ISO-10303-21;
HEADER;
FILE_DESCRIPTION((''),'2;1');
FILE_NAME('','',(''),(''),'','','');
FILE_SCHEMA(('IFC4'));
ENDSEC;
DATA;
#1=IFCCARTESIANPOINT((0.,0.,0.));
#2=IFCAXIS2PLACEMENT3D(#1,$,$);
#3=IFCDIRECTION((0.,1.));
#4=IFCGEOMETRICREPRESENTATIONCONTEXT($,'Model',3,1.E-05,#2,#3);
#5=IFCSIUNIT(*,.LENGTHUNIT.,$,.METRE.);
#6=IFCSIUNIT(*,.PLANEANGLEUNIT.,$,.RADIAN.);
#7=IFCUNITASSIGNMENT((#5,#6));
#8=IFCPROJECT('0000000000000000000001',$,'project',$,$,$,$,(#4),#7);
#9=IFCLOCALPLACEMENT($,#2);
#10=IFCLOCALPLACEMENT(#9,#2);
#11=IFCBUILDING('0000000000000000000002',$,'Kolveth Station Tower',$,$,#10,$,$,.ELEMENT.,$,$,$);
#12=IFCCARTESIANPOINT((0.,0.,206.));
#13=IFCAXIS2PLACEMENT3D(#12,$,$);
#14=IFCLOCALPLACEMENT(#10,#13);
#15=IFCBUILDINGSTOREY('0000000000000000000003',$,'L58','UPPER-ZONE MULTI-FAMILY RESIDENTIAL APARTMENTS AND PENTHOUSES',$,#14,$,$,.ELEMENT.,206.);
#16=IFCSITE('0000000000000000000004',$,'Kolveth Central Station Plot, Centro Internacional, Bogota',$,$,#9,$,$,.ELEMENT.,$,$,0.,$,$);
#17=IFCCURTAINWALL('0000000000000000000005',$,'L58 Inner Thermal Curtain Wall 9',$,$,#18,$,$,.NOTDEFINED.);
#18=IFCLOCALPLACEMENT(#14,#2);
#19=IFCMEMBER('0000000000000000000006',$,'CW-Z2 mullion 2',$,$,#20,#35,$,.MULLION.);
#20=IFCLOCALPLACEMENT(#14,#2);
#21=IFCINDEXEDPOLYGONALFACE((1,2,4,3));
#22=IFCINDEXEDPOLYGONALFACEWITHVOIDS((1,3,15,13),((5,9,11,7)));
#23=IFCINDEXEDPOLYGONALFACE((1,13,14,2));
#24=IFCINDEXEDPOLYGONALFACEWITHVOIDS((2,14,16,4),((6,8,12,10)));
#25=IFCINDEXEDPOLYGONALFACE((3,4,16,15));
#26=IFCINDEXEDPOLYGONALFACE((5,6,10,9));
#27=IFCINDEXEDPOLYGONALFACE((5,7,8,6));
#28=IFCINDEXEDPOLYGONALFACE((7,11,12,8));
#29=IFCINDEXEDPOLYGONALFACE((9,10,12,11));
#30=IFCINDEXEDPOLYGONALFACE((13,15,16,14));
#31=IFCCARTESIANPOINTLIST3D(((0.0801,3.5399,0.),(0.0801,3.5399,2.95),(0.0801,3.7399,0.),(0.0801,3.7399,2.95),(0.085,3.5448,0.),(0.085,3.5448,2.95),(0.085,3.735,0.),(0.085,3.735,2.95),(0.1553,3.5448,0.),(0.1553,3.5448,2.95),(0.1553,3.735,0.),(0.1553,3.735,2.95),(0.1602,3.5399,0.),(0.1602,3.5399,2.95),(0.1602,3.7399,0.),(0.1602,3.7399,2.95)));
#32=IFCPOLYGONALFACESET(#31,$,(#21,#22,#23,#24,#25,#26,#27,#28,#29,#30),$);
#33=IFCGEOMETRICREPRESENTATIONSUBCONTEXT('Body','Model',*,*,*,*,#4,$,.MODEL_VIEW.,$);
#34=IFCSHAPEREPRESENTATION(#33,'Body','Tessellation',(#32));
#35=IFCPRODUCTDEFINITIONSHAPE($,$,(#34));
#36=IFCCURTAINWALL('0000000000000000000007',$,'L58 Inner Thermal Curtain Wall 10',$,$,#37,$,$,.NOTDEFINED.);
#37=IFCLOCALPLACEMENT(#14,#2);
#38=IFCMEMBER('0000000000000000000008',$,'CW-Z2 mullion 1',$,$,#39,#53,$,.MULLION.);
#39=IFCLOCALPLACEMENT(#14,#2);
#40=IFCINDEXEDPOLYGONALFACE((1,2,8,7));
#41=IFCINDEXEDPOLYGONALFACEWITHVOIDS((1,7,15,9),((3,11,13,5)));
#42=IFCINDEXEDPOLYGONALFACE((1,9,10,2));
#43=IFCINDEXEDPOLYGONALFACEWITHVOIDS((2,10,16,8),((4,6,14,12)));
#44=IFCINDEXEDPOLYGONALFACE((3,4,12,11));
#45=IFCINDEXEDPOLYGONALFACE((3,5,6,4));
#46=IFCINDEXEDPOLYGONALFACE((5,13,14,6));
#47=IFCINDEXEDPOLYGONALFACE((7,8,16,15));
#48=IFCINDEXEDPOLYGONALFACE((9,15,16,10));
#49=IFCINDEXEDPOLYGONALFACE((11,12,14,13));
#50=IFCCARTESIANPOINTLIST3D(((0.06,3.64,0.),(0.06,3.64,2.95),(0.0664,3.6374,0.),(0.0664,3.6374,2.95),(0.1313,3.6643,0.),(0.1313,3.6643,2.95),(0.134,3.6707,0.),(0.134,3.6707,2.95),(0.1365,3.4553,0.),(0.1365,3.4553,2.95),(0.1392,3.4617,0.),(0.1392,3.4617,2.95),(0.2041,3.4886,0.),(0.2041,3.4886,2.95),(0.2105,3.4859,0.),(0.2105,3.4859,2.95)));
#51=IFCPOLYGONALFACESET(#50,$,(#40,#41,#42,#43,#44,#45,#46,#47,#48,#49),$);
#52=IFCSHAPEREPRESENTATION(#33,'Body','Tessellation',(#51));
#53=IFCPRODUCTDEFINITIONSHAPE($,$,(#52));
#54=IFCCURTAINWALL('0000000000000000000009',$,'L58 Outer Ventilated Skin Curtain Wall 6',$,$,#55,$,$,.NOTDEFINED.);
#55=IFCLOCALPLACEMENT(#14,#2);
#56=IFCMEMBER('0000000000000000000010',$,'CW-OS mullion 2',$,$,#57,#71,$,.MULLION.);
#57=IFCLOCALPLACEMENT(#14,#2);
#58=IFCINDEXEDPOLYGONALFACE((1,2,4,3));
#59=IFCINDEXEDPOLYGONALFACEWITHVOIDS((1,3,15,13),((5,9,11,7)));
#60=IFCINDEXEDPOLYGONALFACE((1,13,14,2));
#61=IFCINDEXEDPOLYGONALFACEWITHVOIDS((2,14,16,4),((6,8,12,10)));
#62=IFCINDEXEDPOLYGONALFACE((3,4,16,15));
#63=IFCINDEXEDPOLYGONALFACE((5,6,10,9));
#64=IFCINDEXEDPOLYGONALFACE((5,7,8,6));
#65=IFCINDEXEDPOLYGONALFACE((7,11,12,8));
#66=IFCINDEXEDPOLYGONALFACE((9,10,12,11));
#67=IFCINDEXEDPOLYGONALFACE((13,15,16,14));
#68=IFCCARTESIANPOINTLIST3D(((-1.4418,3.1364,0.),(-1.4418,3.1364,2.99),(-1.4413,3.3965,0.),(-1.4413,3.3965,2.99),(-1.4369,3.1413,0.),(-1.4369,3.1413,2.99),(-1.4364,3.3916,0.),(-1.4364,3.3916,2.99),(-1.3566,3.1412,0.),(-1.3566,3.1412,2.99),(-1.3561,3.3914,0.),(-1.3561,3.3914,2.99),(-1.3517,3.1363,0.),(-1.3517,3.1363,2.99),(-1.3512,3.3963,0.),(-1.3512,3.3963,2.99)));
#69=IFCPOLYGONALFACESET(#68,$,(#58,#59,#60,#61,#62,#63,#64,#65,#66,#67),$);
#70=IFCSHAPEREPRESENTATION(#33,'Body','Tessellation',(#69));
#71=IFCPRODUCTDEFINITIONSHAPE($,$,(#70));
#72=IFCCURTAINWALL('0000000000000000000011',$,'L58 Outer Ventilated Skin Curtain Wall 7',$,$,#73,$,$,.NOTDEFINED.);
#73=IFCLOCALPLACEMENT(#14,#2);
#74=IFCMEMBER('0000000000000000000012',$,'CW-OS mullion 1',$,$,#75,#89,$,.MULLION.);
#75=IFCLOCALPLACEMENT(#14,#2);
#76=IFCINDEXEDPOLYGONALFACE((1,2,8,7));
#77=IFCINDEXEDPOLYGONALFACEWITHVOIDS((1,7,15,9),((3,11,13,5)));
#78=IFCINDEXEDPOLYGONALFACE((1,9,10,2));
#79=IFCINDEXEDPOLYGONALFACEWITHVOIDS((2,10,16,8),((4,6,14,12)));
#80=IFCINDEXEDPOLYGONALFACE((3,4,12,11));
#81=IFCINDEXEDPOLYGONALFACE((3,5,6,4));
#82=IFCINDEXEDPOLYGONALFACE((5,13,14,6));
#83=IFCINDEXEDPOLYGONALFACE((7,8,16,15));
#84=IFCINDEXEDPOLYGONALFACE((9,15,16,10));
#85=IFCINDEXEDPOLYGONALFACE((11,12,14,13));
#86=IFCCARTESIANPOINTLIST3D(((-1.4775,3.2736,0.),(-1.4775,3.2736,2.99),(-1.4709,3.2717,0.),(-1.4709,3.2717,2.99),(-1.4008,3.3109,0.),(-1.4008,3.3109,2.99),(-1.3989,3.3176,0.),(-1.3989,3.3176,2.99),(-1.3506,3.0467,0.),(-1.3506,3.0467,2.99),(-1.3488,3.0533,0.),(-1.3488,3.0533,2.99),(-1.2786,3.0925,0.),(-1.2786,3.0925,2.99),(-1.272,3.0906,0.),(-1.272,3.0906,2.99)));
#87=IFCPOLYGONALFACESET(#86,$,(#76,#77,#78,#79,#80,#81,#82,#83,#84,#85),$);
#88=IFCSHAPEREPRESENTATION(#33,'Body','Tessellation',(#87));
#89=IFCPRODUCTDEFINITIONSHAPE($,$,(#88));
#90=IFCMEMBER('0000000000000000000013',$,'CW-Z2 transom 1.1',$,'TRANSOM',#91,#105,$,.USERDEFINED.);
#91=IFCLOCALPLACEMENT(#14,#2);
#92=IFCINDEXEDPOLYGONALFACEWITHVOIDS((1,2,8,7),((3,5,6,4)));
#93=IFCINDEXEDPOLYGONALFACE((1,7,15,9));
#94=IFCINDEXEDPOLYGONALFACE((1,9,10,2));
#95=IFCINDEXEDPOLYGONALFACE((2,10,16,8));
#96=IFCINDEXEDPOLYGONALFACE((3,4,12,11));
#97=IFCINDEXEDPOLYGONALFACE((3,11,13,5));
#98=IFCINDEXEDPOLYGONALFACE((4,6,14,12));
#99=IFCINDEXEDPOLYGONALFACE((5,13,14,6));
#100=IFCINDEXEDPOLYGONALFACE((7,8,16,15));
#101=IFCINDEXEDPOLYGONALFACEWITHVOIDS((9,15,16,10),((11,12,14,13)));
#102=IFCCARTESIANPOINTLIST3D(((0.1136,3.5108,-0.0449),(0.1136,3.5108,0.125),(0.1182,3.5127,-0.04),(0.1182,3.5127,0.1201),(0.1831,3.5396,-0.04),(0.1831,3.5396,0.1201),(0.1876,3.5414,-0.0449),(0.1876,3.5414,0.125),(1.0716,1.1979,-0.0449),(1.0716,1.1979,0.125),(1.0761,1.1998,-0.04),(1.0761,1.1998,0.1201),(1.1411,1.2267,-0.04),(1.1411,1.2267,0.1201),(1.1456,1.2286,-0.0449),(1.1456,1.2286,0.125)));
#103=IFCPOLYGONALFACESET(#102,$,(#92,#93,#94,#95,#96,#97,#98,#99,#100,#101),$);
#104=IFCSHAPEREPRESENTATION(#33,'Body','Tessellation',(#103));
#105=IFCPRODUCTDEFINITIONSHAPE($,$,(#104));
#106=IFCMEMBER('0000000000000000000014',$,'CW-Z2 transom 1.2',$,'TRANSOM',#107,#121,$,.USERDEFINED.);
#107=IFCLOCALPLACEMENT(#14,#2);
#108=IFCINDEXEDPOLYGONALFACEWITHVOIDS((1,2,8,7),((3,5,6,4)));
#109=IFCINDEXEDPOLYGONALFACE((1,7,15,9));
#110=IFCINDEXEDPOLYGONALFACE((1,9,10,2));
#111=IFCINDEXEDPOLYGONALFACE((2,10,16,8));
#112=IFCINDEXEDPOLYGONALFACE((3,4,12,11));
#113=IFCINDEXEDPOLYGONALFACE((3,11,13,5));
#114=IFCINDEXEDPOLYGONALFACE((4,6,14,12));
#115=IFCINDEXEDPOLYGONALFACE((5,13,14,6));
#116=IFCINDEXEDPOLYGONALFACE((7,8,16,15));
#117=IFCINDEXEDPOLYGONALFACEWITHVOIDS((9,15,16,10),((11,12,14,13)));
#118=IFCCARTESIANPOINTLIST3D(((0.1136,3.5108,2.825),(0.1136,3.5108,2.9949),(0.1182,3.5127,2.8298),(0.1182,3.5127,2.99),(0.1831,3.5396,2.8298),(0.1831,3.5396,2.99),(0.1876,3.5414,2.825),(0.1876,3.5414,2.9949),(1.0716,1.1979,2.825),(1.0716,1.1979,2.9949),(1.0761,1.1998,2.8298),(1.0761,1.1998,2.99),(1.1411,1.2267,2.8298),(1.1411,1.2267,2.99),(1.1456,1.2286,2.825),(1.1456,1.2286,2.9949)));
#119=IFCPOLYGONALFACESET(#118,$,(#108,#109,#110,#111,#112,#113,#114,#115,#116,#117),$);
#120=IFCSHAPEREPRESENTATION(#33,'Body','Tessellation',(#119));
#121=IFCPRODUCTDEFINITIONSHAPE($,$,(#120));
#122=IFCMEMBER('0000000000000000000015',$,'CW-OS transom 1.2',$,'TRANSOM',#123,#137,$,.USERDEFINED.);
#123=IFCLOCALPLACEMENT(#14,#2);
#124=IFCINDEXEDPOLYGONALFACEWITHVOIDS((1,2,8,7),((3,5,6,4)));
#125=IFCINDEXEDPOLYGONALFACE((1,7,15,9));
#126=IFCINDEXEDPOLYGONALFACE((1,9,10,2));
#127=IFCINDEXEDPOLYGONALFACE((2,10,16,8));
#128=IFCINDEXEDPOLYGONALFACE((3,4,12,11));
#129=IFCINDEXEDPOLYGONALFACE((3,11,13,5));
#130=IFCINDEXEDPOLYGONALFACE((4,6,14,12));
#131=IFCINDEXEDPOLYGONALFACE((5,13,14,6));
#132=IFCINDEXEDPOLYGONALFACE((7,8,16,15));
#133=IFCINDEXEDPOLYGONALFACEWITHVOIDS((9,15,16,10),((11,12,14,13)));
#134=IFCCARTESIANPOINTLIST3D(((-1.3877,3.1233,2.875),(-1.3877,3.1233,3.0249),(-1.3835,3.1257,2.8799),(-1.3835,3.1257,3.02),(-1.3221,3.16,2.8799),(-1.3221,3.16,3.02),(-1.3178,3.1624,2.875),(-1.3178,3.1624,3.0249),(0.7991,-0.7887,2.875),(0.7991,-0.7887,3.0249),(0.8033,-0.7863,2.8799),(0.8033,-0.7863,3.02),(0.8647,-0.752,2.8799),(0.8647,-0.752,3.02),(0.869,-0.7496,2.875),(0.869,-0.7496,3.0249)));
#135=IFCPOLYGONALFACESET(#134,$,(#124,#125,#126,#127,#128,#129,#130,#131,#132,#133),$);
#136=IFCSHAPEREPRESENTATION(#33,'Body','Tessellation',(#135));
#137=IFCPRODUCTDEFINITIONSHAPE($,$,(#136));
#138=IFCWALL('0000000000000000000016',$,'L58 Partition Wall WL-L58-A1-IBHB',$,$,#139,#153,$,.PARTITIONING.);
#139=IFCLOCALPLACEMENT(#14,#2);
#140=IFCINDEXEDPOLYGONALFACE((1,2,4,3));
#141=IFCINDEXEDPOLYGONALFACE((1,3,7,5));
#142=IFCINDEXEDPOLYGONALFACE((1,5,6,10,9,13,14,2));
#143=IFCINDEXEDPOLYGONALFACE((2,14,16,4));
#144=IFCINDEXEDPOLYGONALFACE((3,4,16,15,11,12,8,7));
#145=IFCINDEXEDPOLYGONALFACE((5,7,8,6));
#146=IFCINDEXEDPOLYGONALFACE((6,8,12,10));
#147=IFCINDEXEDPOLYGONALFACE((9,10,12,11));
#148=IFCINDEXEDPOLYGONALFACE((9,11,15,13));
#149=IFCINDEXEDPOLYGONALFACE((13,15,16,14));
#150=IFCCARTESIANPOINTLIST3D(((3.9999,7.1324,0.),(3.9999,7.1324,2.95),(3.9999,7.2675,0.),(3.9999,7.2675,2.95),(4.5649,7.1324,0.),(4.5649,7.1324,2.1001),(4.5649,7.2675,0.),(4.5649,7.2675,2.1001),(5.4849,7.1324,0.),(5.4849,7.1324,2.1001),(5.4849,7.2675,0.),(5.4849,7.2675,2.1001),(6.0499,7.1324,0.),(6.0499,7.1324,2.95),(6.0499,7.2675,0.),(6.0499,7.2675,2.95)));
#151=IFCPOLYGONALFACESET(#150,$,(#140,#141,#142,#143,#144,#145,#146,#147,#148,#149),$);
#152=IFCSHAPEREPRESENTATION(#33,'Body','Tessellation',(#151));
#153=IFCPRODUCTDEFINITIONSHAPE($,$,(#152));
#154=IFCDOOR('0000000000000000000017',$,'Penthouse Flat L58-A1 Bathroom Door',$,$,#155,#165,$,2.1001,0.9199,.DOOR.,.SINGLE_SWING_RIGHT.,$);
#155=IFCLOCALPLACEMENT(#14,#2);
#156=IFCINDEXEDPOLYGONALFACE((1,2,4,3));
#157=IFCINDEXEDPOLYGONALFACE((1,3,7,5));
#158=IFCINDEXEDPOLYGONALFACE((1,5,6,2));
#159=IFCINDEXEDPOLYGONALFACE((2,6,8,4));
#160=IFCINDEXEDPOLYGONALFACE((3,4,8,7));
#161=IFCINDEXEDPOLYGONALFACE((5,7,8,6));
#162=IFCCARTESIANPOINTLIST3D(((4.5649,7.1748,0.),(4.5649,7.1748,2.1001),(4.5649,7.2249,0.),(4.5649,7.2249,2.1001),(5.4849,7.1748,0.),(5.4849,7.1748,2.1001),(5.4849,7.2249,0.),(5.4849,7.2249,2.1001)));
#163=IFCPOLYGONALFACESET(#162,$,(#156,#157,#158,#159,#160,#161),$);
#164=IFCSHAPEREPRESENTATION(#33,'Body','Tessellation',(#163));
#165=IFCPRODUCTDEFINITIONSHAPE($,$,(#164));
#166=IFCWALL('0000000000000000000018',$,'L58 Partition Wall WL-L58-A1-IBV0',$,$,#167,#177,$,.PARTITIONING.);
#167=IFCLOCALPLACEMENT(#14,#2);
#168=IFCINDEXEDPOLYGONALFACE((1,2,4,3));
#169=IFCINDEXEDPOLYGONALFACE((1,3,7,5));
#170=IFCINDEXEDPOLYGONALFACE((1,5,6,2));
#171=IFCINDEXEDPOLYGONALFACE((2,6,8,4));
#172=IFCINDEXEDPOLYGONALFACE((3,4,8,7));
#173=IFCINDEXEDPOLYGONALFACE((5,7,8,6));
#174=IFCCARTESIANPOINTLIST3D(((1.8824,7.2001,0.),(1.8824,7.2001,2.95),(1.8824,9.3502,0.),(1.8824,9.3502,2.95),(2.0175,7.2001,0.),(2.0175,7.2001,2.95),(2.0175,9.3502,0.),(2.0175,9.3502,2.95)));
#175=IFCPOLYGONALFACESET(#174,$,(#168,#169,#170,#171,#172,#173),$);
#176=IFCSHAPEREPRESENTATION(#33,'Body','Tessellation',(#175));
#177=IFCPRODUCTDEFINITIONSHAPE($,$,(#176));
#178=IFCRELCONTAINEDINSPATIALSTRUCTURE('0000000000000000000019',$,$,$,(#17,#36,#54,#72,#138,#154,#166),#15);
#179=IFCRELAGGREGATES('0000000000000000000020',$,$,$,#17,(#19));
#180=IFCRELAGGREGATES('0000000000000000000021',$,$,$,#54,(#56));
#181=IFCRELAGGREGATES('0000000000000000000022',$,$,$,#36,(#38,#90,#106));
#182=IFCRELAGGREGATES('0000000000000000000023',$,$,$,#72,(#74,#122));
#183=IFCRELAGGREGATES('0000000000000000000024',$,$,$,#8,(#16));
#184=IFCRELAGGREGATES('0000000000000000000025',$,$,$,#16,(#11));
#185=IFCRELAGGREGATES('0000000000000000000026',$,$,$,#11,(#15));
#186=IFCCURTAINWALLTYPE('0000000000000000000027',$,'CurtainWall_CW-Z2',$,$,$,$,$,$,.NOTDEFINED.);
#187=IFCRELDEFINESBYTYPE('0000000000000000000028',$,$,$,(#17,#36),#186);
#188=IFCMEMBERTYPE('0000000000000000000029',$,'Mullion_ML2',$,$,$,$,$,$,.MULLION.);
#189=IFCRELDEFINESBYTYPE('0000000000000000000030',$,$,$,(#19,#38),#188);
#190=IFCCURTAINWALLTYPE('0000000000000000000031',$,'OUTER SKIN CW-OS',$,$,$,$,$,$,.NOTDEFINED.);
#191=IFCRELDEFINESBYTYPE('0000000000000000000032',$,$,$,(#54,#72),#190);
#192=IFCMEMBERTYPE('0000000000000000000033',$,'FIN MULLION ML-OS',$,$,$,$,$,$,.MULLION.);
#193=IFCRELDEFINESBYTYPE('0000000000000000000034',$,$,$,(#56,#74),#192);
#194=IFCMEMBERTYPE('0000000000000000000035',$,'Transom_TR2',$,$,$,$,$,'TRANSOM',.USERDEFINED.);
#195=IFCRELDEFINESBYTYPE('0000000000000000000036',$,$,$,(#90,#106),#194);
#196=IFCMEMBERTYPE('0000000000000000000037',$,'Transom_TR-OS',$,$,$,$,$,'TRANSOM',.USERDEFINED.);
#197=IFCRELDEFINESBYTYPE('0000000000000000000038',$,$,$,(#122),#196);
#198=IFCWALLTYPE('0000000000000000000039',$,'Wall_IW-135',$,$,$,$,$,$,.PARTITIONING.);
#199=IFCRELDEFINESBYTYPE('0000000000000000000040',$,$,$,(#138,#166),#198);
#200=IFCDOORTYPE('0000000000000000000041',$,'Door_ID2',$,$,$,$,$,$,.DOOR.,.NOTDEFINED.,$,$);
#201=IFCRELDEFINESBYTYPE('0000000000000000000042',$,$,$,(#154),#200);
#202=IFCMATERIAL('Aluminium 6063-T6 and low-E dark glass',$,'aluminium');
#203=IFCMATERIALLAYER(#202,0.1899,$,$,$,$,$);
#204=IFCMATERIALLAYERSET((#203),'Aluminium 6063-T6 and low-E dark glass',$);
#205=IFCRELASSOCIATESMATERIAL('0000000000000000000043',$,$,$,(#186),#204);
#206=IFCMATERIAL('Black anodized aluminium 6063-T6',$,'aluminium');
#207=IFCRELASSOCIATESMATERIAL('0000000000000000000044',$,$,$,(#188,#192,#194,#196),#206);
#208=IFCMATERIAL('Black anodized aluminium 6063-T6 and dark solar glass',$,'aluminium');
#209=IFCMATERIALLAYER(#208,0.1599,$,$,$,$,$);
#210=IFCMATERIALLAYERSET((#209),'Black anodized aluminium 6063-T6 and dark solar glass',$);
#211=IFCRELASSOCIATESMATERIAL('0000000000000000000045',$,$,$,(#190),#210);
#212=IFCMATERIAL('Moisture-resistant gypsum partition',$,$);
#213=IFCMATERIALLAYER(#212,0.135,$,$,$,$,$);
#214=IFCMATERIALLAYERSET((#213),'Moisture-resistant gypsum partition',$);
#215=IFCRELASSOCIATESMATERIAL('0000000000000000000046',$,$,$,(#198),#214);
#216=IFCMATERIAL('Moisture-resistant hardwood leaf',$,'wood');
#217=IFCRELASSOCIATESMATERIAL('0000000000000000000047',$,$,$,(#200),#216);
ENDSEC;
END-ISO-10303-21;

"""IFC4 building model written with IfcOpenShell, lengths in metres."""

from ifc_helpers import new_model, si_unit, direction, frame, frame_2d, origin, origin_2d, place, context, subcontext, project, spatial, rectangle, hollow_rectangle, extrude, source, transform, mapped, material, layer, layer_set, material_profile, profile_set, type_object, element, fill, aggregate, save


model = new_model("IFC4")

# Units and contexts
model_context = context("Model", 3, precision=1e-05, world=origin(), true_north=direction((0.0, 1.0)))
body_context = subcontext(model_context, "Body", "Model", "MODEL_VIEW")
ifc_project = project(units=[si_unit("LENGTHUNIT", "METRE"), si_unit("PLANEANGLEUNIT", "RADIAN")], contexts=[model_context])

# Site, building, storey
site_placement = place(None, origin())
site = spatial("IfcSite", under=ifc_project, at=site_placement, Name="Kolveth Central Station Plot, Centro Internacional, Bogota", CompositionType="ELEMENT", RefElevation=0.0)
building_placement = place(site_placement, origin())
building = spatial("IfcBuilding", under=site, at=building_placement, Name="Kolveth Station Tower", CompositionType="ELEMENT")
storey_placement = place(building_placement, frame((0.0, 0.0, 206.0)))
storey = spatial("IfcBuildingStorey", under=building, at=storey_placement, Name="L58", Description="UPPER-ZONE MULTI-FAMILY RESIDENTIAL APARTMENTS AND PENTHOUSES", CompositionType="ELEMENT", Elevation=206.0)

# Curtain walls, members
ifc_material_1 = material(Name="Aluminium 6063-T6 and low-E dark glass", Category="aluminium")
ifc_layer_1 = layer(ifc_material_1, 0.1899)
ifc_layer_set_1 = layer_set([ifc_layer_1], Name="Aluminium 6063-T6 and low-E dark glass")
curtain_wall_type_1 = type_object("IfcCurtainWallType", Name="CurtainWall_CW-Z2", PredefinedType="NOTDEFINED", material=ifc_layer_set_1)
curtain_wall_1_placement = place(storey_placement, origin())
curtain_wall_1 = element("IfcCurtainWall", 1, at=curtain_wall_1_placement, inside=storey, type_object=curtain_wall_type_1, Name="L58 Inner Thermal Curtain Wall 9", PredefinedType="NOTDEFINED")
ifc_material_2 = material(Name="Black anodized aluminium 6063-T6", Category="aluminium")
ifc_material_profile_1 = material_profile(ifc_material_2, hollow_rectangle(XDim=0.0801, YDim=0.2, WallThickness=0.0049, at=origin_2d()), Name="ALU-80x200x5")
ifc_profile_set_1 = profile_set([ifc_material_profile_1], Name="Black anodized aluminium 6063-T6")
member_type_1 = type_object("IfcMemberType", Name="Mullion_ML2", PredefinedType="MULLION", material=ifc_profile_set_1)
shared_shape_1 = source(origin(), body_context, "Body", "SweptSolid", [
    extrude(hollow_rectangle(XDim=0.0801, YDim=0.2, WallThickness=0.0049, at=origin_2d()), origin(), (0.0, 0.0, 1.0), 2.95),
])
member_1_placement = place(storey_placement, frame((0.1201, 3.6399, 0.0), z_axis=(0.0, 0.0, 1.0), x_axis=(1.0, 0.0, 0.0)))
member_1 = element("IfcMember", 2, at=member_1_placement, type_object=member_type_1, Name="CW-Z2 mullion 2", PredefinedType="MULLION", context=body_context, shape_type="MappedRepresentation", body=[
    mapped(shared_shape_1, transform((0.0, 0.0, 0.0), x_axis=(1.0, 0.0, 0.0), y_axis=(0.0, 1.0, 0.0), z_axis=(0.0, 0.0, 1.0), scale=1.0)),
])
aggregate(curtain_wall_1, [member_1])
curtain_wall_2_placement = place(storey_placement, origin())
curtain_wall_2 = element("IfcCurtainWall", 3, at=curtain_wall_2_placement, inside=storey, type_object=curtain_wall_type_1, Name="L58 Inner Thermal Curtain Wall 10", PredefinedType="NOTDEFINED")
member_2_placement = place(storey_placement, frame((0.1353, 3.563, 0.0), z_axis=(0.0, 0.0, 1.0), x_axis=(0.923874, 0.382698, 0.0)))
member_2 = element("IfcMember", 4, at=member_2_placement, type_object=member_type_1, Name="CW-Z2 mullion 1", PredefinedType="MULLION", context=body_context, shape_type="MappedRepresentation", body=[
    mapped(shared_shape_1, transform((0.0, 0.0, 0.0), x_axis=(1.0, 0.0, 0.0), y_axis=(0.0, 1.0, 0.0), z_axis=(0.0, 0.0, 1.0), scale=1.0)),
])
ifc_material_3 = material(Name="Black anodized aluminium 6063-T6 and dark solar glass", Category="aluminium")
ifc_layer_2 = layer(ifc_material_3, 0.1599)
ifc_layer_set_2 = layer_set([ifc_layer_2], Name="Black anodized aluminium 6063-T6 and dark solar glass")
curtain_wall_type_2 = type_object("IfcCurtainWallType", Name="OUTER SKIN CW-OS", PredefinedType="NOTDEFINED", material=ifc_layer_set_2)
curtain_wall_3_placement = place(storey_placement, origin())
curtain_wall_3 = element("IfcCurtainWall", 5, at=curtain_wall_3_placement, inside=storey, type_object=curtain_wall_type_2, Name="L58 Outer Ventilated Skin Curtain Wall 6", PredefinedType="NOTDEFINED")
ifc_material_profile_2 = material_profile(ifc_material_2, hollow_rectangle(XDim=0.0901, YDim=0.26, WallThickness=0.0049, at=origin_2d()), Name="ALU-90x260x5")
ifc_profile_set_2 = profile_set([ifc_material_profile_2], Name="Black anodized aluminium 6063-T6")
member_type_2 = type_object("IfcMemberType", Name="FIN MULLION ML-OS", PredefinedType="MULLION", material=ifc_profile_set_2)
shared_shape_2 = source(origin(), body_context, "Body", "SweptSolid", [
    extrude(hollow_rectangle(XDim=0.0901, YDim=0.26, WallThickness=0.0049, at=origin_2d()), origin(), (0.0, 0.0, 1.0), 2.99),
])
member_3_placement = place(storey_placement, frame((-1.3965, 3.2664, 0.0), z_axis=(0.0, 0.0, 1.0), x_axis=(0.999998, -0.002035, 0.0)))
member_3 = element("IfcMember", 6, at=member_3_placement, type_object=member_type_2, Name="CW-OS mullion 2", PredefinedType="MULLION", context=body_context, shape_type="MappedRepresentation", body=[
    mapped(shared_shape_2, transform((0.0, 0.0, 0.0), x_axis=(1.0, 0.0, 0.0), y_axis=(0.0, 1.0, 0.0), z_axis=(0.0, 0.0, 1.0), scale=1.0)),
])
aggregate(curtain_wall_3, [member_3])
curtain_wall_4_placement = place(storey_placement, origin())
curtain_wall_4 = element("IfcCurtainWall", 7, at=curtain_wall_4_placement, inside=storey, type_object=curtain_wall_type_2, Name="L58 Outer Ventilated Skin Curtain Wall 7", PredefinedType="NOTDEFINED")
member_4_placement = place(storey_placement, frame((-1.3748, 3.1821, 0.0), z_axis=(0.0, 0.0, 1.0), x_axis=(0.872875, 0.487943, 0.0)))
member_4 = element("IfcMember", 8, at=member_4_placement, type_object=member_type_2, Name="CW-OS mullion 1", PredefinedType="MULLION", context=body_context, shape_type="MappedRepresentation", body=[
    mapped(shared_shape_2, transform((0.0, 0.0, 0.0), x_axis=(1.0, 0.0, 0.0), y_axis=(0.0, 1.0, 0.0), z_axis=(0.0, 0.0, 1.0), scale=1.0)),
])

# Members
ifc_material_profile_3 = material_profile(ifc_material_2, hollow_rectangle(XDim=0.0801, YDim=0.1699, WallThickness=0.0049, at=origin_2d()), Name="ALU-80x170x5")
ifc_profile_set_3 = profile_set([ifc_material_profile_3], Name="Black anodized aluminium 6063-T6")
member_type_3 = type_object("IfcMemberType", Name="Transom_TR2", ElementType="TRANSOM", PredefinedType="USERDEFINED", material=ifc_profile_set_3)
shared_shape_3 = source(origin(), body_context, "Body", "SweptSolid", [
    extrude(hollow_rectangle(XDim=0.0801, YDim=0.1699, WallThickness=0.0049, at=origin_2d()), origin(), (0.0, 0.0, 1.0), 2.5034),
])
member_5_placement = place(storey_placement, frame((0.1506, 3.5261, 0.04), z_axis=(0.382662, -0.923888, 0.0), x_axis=(0.923888, 0.382662, 0.0)))
member_5 = element("IfcMember", 9, at=member_5_placement, type_object=member_type_3, Name="CW-Z2 transom 1.1", ObjectType="TRANSOM", PredefinedType="USERDEFINED", context=body_context, shape_type="MappedRepresentation", body=[
    mapped(shared_shape_3, transform((0.0, 0.0, 0.0), x_axis=(1.0, 0.0, 0.0), y_axis=(0.0, 1.0, 0.0), z_axis=(0.0, 0.0, 1.0), scale=1.0)),
])
member_6_placement = place(storey_placement, frame((0.1506, 3.5261, 2.9099), z_axis=(0.382662, -0.923888, 0.0), x_axis=(0.923888, 0.382662, 0.0)))
member_6 = element("IfcMember", 10, at=member_6_placement, type_object=member_type_3, Name="CW-Z2 transom 1.2", ObjectType="TRANSOM", PredefinedType="USERDEFINED", context=body_context, shape_type="MappedRepresentation", body=[
    mapped(shared_shape_3, transform((0.0, 0.0, 0.0), x_axis=(1.0, 0.0, 0.0), y_axis=(0.0, 1.0, 0.0), z_axis=(0.0, 0.0, 1.0), scale=1.0)),
])
aggregate(curtain_wall_2, [member_2, member_5, member_6])
ifc_material_profile_4 = material_profile(ifc_material_2, hollow_rectangle(XDim=0.0801, YDim=0.1499, WallThickness=0.0049, at=origin_2d()), Name="ALU-80x150x5")
ifc_profile_set_4 = profile_set([ifc_material_profile_4], Name="Black anodized aluminium 6063-T6")
member_type_4 = type_object("IfcMemberType", Name="Transom_TR-OS", ElementType="TRANSOM", PredefinedType="USERDEFINED", material=ifc_profile_set_4)
shared_shape_4 = source(origin(), body_context, "Body", "SweptSolid", [
    extrude(hollow_rectangle(XDim=0.0801, YDim=0.1499, WallThickness=0.0049, at=origin_2d()), origin(), (0.0, 0.0, 1.0), 4.4817),
])
member_7_placement = place(storey_placement, frame((-1.3528, 3.1428, 2.95), z_axis=(0.487945, -0.872875, 0.0), x_axis=(0.872875, 0.487945, 0.0)))
member_7 = element("IfcMember", 11, at=member_7_placement, type_object=member_type_4, Name="CW-OS transom 1.2", ObjectType="TRANSOM", PredefinedType="USERDEFINED", context=body_context, shape_type="MappedRepresentation", body=[
    mapped(shared_shape_4, transform((0.0, 0.0, 0.0), x_axis=(1.0, 0.0, 0.0), y_axis=(0.0, 1.0, 0.0), z_axis=(0.0, 0.0, 1.0), scale=1.0)),
])
aggregate(curtain_wall_4, [member_4, member_7])

# Wall, opening, door
ifc_material_4 = material(Name="Moisture-resistant gypsum partition")
ifc_layer_3 = layer(ifc_material_4, 0.135)
ifc_layer_set_3 = layer_set([ifc_layer_3], Name="Moisture-resistant gypsum partition")
wall_type_1 = type_object("IfcWallType", Name="Wall_IW-135", PredefinedType="PARTITIONING", material=ifc_layer_set_3)
wall_1_placement = place(storey_placement, frame((4.0, 7.2, 0.0), z_axis=(0.0, 0.0, 1.0), x_axis=(1.0, 0.0, 0.0)))
wall_1 = element("IfcWall", 12, at=wall_1_placement, inside=storey, type_object=wall_type_1, Name="L58 Partition Wall WL-L58-A1-IBHB", PredefinedType="PARTITIONING", context=body_context, shape_type="SweptSolid", body=[
    extrude(rectangle(XDim=2.05, YDim=0.135, at=frame_2d((1.0249, 0.0))), origin(), (0.0, 0.0, 1.0), 2.95),
])
opening_1_placement = place(wall_1_placement, frame((0.5649, 0.0, 0.0)))
opening_1 = element("IfcOpeningElement", 13, at=opening_1_placement, cuts=wall_1, PredefinedType="OPENING", context=body_context, shape_type="SweptSolid", body=[
    extrude(rectangle(XDim=0.9199, YDim=2.1001, at=frame_2d((0.46, 1.05))), frame((0.0, 0.0774, 0.0), z_axis=(0.0, -1.0, 0.0), x_axis=(1.0, 0.0, 0.0)), (0.0, 0.0, 1.0), 0.155),
])
ifc_material_5 = material(Name="Moisture-resistant hardwood leaf", Category="wood")
door_type_1 = type_object("IfcDoorType", Name="Door_ID2", OperationType="NOTDEFINED", PredefinedType="DOOR", material=ifc_material_5)
door_1_placement = place(opening_1_placement, origin())
door_1 = element("IfcDoor", 14, at=door_1_placement, inside=storey, type_object=door_type_1, Name="Penthouse Flat L58-A1 Bathroom Door", OperationType="SINGLE_SWING_RIGHT", OverallHeight=2.1001, OverallWidth=0.9199, PredefinedType="DOOR", context=body_context, shape_type="SweptSolid", body=[
    extrude(rectangle(XDim=0.9199, YDim=2.1001, at=frame_2d((0.46, 1.05))), frame((0.0, 0.0249, 0.0), z_axis=(0.0, -1.0, 0.0), x_axis=(1.0, 0.0, 0.0)), (0.0, 0.0, 1.0), 0.05),
])
fill(opening_1, door_1)

# Wall
for number, where, z_axis, x_axis, name in (
    (15, (1.95, 7.2, 0.0), (0.0, 0.0, 1.0), (0.0, 1.0, 0.0), "L58 Partition Wall WL-L58-A1-IBV0"),
):
    element("IfcWall", number, at=place(storey_placement, frame(where, z_axis=z_axis, x_axis=x_axis)), inside=storey, type_object=wall_type_1, Name=name, PredefinedType="PARTITIONING", context=body_context, shape_type="SweptSolid", body=[
        extrude(rectangle(XDim=2.1501, YDim=0.135, at=frame_2d((1.0752, 0.0))), origin(), (0.0, 0.0, 1.0), 2.95),
    ])

save(model, "model.ifc")
